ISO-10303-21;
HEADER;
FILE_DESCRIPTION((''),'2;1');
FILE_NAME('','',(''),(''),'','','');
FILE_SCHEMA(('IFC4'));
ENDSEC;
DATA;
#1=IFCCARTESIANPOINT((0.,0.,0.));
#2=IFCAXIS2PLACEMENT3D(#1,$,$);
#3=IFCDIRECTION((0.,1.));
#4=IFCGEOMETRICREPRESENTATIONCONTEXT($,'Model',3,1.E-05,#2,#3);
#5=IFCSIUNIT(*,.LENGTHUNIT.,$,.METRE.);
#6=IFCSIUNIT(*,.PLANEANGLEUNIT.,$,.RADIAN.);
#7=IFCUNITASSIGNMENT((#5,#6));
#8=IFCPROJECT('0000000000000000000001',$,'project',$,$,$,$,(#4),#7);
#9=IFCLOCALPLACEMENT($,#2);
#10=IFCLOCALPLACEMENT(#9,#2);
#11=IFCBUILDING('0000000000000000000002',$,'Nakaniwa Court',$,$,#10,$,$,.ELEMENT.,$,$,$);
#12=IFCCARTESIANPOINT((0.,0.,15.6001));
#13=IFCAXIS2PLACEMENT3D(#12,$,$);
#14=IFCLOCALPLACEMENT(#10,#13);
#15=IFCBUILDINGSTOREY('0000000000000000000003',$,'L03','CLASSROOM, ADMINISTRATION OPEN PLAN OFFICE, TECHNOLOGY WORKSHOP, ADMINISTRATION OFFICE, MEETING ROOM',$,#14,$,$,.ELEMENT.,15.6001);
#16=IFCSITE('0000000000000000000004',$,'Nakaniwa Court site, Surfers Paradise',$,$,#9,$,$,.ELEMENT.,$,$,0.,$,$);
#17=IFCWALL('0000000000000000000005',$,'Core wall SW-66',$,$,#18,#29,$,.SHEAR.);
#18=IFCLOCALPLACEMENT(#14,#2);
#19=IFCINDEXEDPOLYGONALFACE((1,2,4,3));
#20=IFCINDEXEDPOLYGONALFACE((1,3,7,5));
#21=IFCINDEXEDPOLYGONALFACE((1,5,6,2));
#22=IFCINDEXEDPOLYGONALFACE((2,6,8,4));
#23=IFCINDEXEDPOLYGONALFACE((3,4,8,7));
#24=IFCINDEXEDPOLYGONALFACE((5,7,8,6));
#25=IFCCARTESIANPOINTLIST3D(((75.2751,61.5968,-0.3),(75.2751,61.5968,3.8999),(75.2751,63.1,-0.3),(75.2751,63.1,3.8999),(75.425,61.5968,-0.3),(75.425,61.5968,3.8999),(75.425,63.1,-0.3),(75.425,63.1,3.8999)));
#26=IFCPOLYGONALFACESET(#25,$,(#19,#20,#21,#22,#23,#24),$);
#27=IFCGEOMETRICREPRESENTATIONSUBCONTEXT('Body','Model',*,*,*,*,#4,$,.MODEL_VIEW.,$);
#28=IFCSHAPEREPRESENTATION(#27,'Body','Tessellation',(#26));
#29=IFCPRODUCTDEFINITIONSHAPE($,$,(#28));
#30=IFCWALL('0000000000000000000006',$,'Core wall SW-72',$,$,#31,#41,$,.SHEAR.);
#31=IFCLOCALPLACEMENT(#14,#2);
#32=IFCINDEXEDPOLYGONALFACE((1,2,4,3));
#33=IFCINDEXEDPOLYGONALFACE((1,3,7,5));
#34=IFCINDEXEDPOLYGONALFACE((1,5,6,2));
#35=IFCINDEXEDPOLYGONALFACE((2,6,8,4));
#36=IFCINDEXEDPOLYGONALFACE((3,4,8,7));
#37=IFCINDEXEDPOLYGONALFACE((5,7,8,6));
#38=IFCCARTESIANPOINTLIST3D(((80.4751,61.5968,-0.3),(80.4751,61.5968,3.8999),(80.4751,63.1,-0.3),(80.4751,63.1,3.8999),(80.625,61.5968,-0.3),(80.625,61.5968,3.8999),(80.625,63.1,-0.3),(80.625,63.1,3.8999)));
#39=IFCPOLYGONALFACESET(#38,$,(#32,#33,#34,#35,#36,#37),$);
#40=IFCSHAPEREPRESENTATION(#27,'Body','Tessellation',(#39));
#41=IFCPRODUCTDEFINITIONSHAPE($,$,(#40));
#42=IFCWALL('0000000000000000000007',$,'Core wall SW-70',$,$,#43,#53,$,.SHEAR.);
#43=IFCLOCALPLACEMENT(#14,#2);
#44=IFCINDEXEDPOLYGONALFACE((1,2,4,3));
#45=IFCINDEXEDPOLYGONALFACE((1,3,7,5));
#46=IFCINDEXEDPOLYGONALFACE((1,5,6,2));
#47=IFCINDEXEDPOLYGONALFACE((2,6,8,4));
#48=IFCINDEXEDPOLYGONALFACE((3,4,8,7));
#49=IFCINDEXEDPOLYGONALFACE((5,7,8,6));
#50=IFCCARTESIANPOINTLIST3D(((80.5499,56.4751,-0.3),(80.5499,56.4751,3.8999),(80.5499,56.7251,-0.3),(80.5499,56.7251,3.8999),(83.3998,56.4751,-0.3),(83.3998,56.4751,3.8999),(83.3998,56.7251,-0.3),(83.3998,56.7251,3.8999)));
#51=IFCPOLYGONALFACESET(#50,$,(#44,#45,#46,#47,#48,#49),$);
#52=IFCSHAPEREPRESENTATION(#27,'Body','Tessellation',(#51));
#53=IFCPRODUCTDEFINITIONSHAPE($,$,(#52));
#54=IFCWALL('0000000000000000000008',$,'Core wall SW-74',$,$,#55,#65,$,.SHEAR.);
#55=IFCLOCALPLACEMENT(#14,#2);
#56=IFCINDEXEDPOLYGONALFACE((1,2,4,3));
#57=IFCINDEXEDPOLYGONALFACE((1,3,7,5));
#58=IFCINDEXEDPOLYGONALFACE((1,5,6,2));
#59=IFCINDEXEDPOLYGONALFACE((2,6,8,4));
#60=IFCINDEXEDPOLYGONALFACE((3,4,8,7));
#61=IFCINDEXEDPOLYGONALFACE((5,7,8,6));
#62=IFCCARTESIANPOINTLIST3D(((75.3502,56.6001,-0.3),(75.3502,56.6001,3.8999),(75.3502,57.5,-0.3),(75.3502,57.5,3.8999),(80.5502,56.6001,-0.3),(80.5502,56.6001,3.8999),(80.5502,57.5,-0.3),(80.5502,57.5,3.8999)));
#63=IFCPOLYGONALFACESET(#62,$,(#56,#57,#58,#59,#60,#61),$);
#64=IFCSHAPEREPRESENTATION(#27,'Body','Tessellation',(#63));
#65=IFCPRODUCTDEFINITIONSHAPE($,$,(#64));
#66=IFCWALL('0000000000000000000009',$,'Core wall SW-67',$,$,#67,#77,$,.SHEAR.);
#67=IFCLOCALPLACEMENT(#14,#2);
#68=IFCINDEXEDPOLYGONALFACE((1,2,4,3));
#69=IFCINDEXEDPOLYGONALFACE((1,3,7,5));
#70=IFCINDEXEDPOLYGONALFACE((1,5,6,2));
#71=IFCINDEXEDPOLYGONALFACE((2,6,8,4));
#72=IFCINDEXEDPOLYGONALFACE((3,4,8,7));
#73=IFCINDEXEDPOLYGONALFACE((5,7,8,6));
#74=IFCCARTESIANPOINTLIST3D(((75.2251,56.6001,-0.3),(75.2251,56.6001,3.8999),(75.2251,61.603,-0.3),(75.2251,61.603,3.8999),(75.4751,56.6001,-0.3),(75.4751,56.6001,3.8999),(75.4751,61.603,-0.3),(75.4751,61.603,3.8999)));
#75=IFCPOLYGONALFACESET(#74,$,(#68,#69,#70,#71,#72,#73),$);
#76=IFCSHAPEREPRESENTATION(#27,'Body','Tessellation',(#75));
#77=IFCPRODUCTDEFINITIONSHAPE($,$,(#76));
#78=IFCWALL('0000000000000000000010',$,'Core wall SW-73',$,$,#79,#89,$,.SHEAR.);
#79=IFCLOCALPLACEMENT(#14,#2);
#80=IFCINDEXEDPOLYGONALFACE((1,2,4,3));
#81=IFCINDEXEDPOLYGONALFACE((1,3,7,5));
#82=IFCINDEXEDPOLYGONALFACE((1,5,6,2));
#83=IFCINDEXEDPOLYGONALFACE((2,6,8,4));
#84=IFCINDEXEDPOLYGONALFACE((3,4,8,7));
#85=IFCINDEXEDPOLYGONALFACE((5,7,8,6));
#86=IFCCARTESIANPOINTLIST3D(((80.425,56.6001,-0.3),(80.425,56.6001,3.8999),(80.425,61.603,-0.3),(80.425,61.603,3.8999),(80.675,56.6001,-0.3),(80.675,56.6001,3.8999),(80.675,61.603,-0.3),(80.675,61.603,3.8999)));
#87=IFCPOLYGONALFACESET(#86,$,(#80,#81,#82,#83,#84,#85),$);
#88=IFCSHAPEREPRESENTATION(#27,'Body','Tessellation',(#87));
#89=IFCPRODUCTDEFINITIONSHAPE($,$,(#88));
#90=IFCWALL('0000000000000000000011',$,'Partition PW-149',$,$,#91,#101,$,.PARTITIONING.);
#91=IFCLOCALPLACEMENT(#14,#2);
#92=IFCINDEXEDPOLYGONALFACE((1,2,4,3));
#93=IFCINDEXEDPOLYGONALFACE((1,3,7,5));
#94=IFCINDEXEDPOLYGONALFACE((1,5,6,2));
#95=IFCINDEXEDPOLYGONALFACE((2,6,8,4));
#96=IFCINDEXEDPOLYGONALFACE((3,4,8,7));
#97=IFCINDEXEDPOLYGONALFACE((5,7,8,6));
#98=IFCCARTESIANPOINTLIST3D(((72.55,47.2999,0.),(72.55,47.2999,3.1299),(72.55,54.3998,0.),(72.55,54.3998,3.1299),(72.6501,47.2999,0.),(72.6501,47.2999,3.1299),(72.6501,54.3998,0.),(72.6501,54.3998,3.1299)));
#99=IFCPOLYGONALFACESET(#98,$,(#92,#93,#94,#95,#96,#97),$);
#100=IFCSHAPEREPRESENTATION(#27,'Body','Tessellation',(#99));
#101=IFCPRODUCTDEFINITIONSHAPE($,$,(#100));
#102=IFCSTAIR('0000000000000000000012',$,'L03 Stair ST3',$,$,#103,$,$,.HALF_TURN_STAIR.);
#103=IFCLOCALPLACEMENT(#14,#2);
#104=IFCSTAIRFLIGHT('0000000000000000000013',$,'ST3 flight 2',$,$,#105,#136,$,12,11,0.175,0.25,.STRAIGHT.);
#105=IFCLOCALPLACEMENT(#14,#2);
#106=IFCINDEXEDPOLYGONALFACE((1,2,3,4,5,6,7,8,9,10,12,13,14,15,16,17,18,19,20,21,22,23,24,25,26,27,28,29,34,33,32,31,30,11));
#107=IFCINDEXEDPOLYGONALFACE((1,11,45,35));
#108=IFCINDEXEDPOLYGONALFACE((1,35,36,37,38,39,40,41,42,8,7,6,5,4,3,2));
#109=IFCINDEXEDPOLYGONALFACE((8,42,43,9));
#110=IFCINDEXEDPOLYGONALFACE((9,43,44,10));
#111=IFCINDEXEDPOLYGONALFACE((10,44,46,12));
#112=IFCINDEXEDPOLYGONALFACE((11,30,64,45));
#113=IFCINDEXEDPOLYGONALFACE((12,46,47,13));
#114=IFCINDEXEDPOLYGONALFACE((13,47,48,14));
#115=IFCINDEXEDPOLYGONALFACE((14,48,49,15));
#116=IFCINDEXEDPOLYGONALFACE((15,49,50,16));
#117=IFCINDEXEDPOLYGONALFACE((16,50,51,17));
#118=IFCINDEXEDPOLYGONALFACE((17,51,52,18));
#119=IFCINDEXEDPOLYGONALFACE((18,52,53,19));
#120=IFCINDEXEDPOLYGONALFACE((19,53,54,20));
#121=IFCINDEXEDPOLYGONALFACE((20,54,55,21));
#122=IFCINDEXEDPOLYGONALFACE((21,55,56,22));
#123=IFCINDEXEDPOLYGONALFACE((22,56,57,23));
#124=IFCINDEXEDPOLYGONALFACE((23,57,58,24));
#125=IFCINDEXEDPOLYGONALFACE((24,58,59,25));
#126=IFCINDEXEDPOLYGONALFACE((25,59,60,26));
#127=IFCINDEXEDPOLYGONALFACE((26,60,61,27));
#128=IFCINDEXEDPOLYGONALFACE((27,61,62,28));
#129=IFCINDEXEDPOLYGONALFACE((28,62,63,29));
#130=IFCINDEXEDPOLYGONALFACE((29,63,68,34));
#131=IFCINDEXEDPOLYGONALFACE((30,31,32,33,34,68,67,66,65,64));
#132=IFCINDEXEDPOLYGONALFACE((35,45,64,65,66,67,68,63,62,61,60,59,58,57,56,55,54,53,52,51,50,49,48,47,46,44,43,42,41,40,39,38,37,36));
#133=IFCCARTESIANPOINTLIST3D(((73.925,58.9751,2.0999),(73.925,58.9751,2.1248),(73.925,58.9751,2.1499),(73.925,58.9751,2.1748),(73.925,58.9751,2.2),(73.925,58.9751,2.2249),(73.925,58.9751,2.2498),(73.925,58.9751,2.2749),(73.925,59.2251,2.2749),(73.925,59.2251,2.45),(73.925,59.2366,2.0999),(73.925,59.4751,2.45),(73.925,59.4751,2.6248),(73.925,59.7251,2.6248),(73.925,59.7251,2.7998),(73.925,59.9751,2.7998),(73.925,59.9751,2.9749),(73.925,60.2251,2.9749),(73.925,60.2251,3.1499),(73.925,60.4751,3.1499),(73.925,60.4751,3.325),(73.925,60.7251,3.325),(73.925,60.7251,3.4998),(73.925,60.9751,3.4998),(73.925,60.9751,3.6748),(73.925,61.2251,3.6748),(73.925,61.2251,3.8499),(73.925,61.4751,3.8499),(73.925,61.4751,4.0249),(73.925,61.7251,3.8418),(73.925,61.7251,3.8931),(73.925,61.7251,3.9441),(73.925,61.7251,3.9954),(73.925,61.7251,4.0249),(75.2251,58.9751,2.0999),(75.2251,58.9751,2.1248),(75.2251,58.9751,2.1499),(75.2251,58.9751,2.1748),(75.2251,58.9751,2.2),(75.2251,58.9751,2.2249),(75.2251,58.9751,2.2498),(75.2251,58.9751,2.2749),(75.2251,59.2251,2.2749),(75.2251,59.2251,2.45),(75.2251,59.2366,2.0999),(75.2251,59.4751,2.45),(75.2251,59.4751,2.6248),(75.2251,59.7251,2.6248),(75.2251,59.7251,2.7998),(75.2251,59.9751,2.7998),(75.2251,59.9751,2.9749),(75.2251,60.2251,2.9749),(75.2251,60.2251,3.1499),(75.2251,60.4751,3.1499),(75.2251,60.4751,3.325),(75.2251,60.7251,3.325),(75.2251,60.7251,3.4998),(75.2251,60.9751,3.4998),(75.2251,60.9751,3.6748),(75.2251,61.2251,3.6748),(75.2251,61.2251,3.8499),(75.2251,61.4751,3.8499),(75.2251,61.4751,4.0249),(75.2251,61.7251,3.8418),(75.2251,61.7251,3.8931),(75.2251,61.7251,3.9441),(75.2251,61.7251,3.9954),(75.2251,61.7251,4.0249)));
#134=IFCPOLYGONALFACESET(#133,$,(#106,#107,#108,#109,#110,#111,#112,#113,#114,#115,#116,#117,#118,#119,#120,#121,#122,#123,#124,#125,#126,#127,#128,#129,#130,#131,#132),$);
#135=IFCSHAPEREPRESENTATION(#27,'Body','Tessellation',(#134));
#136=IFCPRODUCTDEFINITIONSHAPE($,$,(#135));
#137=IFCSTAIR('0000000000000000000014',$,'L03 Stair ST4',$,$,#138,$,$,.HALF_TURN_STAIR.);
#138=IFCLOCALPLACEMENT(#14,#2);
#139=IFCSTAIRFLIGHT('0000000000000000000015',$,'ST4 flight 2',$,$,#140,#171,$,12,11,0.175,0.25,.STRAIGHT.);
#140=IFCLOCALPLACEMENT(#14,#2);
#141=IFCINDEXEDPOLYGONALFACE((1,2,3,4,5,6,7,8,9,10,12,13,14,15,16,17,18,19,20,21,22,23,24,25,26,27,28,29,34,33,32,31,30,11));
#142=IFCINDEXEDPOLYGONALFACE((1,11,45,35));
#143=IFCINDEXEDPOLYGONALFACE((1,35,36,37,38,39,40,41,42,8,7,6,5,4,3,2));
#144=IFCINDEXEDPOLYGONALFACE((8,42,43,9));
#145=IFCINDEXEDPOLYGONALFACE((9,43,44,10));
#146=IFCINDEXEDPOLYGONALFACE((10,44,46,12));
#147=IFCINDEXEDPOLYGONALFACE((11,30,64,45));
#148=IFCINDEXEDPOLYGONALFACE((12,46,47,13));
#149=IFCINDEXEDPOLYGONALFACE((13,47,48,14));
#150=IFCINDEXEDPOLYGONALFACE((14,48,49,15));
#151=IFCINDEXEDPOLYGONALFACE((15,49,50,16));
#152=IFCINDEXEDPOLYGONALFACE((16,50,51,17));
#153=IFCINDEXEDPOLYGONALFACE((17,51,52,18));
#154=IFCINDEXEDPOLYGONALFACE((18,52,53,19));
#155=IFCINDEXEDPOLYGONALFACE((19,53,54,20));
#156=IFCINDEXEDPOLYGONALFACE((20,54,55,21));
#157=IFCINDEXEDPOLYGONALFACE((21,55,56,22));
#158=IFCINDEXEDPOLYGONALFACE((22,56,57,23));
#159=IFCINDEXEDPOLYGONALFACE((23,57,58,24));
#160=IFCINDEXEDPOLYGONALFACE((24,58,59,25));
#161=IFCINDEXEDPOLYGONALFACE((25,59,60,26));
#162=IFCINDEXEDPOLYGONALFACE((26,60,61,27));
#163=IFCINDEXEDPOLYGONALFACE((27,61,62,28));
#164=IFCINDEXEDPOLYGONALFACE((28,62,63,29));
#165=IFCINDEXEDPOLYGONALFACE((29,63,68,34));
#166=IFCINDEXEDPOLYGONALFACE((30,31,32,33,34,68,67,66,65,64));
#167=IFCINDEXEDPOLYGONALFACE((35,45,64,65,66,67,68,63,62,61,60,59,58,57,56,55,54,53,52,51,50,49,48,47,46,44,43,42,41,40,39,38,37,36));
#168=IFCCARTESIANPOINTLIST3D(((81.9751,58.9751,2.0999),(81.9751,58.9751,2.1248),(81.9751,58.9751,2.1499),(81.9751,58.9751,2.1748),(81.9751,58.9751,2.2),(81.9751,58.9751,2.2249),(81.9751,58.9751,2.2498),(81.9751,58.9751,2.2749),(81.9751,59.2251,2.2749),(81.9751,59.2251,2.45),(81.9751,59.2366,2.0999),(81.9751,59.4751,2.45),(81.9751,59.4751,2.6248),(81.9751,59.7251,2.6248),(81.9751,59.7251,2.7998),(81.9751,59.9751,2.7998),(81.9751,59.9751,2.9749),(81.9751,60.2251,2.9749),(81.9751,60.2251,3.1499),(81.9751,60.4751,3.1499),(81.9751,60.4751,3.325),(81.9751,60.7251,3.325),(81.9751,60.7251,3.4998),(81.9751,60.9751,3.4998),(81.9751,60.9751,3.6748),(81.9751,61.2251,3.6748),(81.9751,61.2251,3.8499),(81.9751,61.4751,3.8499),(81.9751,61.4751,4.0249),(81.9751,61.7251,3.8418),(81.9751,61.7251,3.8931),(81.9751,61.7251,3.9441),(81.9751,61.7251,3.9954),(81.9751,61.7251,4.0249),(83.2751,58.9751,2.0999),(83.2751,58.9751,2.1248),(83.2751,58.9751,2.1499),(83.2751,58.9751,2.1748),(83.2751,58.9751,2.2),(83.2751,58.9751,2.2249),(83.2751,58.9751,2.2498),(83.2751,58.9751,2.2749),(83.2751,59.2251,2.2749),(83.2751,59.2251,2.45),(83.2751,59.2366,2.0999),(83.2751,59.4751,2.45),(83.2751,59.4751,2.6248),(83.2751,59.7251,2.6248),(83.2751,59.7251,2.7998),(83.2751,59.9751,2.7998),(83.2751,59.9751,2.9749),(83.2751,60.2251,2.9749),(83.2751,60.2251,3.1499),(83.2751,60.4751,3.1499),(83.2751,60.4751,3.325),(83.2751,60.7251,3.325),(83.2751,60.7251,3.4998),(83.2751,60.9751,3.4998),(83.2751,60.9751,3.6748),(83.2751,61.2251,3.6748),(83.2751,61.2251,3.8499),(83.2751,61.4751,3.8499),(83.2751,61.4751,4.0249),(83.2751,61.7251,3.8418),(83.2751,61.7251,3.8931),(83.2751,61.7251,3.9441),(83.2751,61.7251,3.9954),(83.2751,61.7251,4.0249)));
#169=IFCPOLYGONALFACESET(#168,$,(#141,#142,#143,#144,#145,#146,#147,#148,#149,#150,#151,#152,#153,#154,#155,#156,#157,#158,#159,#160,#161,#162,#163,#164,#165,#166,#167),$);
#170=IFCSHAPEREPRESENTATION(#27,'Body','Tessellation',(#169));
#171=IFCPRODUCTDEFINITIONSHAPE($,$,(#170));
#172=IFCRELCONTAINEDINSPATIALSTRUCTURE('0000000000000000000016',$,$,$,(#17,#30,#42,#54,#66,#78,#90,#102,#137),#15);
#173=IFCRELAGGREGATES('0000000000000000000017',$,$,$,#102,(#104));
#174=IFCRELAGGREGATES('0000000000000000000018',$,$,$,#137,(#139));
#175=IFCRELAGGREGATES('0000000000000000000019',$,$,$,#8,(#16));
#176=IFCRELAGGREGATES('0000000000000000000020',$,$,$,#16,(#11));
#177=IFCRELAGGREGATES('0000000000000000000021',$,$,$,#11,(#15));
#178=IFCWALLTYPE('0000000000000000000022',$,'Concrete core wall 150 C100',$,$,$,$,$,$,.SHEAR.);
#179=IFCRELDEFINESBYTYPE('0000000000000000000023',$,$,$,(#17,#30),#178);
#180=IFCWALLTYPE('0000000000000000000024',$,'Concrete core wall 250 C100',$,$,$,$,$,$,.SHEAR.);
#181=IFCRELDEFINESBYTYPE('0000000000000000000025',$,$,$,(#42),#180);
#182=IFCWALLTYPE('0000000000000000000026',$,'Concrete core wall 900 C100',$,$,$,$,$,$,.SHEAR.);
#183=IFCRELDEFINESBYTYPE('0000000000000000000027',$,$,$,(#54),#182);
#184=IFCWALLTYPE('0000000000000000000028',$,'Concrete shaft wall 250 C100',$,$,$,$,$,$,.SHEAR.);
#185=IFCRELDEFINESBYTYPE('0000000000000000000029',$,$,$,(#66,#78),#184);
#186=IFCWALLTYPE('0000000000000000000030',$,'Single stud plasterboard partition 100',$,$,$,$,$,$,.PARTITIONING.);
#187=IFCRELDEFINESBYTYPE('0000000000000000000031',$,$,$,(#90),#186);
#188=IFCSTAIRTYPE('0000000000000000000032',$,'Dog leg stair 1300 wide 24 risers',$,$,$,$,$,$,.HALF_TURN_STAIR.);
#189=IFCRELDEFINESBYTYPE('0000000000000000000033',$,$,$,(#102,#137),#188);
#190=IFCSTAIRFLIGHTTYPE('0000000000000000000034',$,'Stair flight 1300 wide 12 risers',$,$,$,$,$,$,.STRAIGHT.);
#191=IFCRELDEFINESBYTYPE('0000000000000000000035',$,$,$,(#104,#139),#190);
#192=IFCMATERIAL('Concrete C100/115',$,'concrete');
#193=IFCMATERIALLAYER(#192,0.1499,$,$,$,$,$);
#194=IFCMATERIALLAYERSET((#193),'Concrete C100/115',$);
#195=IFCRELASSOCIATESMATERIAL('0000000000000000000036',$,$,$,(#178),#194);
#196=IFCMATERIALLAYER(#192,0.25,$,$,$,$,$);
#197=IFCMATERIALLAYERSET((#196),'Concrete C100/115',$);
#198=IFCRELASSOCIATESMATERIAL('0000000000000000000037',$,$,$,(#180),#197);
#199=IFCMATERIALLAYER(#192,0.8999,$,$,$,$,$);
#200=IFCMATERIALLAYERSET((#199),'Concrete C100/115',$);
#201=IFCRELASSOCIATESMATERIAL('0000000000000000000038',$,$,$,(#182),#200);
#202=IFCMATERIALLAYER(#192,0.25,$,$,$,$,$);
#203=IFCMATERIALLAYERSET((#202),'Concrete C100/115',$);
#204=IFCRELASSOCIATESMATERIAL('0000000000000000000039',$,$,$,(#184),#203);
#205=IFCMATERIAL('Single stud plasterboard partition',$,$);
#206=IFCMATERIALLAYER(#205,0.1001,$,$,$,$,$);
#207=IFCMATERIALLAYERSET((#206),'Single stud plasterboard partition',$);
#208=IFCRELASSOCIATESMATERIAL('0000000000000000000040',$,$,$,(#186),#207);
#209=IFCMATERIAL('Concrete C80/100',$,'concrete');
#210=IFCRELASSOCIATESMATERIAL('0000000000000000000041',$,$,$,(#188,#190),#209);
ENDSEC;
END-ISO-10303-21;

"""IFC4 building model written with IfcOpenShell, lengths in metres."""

from ifc_helpers import new_model, si_unit, direction, frame, frame_2d, origin, place, context, subcontext, project, spatial, polyline, rectangle, outline, extrude, material, layer, layer_set, type_object, element, aggregate, save


model = new_model("IFC4")

# Units and contexts
model_context = context("Model", 3, precision=1e-05, world=origin(), true_north=direction((0.0, 1.0)))
body_context = subcontext(model_context, "Body", "Model", "MODEL_VIEW")
ifc_project = project(units=[si_unit("LENGTHUNIT", "METRE"), si_unit("PLANEANGLEUNIT", "RADIAN")], contexts=[model_context])

# Site, building, storey
site_placement = place(None, origin())
site = spatial("IfcSite", under=ifc_project, at=site_placement, Name="Nakaniwa Court site, Surfers Paradise", CompositionType="ELEMENT", RefElevation=0.0)
building_placement = place(site_placement, origin())
building = spatial("IfcBuilding", under=site, at=building_placement, Name="Nakaniwa Court", CompositionType="ELEMENT")
storey_placement = place(building_placement, frame((0.0, 0.0, 15.6001)))
storey = spatial("IfcBuildingStorey", under=building, at=storey_placement, Name="L03", Description="CLASSROOM, ADMINISTRATION OPEN PLAN OFFICE, TECHNOLOGY WORKSHOP, ADMINISTRATION OFFICE, MEETING ROOM", CompositionType="ELEMENT", Elevation=15.6001)

# Shared definitions
ifc_material_1 = material(Name="Concrete C100/115", Category="concrete")

# Walls
ifc_layer_1 = layer(ifc_material_1, 0.1499)
ifc_layer_set_1 = layer_set([ifc_layer_1], Name="Concrete C100/115")
wall_type_1 = type_object("IfcWallType", Name="Concrete core wall 150 C100", PredefinedType="SHEAR", material=ifc_layer_set_1)
for number, where, z_axis, x_axis, name in (
    (1, (75.3501, 61.5969, -0.3), (0.0, 0.0, 1.0), (0.0, 1.0, 0.0), "Core wall SW-66"),
    (2, (80.55, 61.5969, -0.3), (0.0, 0.0, 1.0), (0.0, 1.0, 0.0), "Core wall SW-72"),
):
    element("IfcWall", number, at=place(storey_placement, frame(where, z_axis=z_axis, x_axis=x_axis)), inside=storey, type_object=wall_type_1, Name=name, PredefinedType="SHEAR", context=body_context, shape_type="SweptSolid", body=[
        extrude(rectangle(XDim=1.5032, YDim=0.1499, at=frame_2d((0.7515, 0.0))), origin(), (0.0, 0.0, 1.0), 4.2),
    ])
ifc_layer_2 = layer(ifc_material_1, 0.25)
ifc_layer_set_2 = layer_set([ifc_layer_2], Name="Concrete C100/115")
wall_type_2 = type_object("IfcWallType", Name="Concrete core wall 250 C100", PredefinedType="SHEAR", material=ifc_layer_set_2)
wall_1_placement = place(storey_placement, frame((80.55, 56.6001, -0.3), z_axis=(0.0, 0.0, 1.0), x_axis=(1.0, 0.0, 0.0)))
element("IfcWall", 3, at=wall_1_placement, inside=storey, type_object=wall_type_2, Name="Core wall SW-70", PredefinedType="SHEAR", context=body_context, shape_type="SweptSolid", body=[
    extrude(rectangle(XDim=2.8499, YDim=0.25, at=frame_2d((1.4248, 0.0))), origin(), (0.0, 0.0, 1.0), 4.2),
])
ifc_layer_3 = layer(ifc_material_1, 0.8999)
ifc_layer_set_3 = layer_set([ifc_layer_3], Name="Concrete C100/115")
wall_type_3 = type_object("IfcWallType", Name="Concrete core wall 900 C100", PredefinedType="SHEAR", material=ifc_layer_set_3)
wall_2_placement = place(storey_placement, frame((75.3501, 57.05, -0.3), z_axis=(0.0, 0.0, 1.0), x_axis=(1.0, 0.0, 0.0)))
element("IfcWall", 4, at=wall_2_placement, inside=storey, type_object=wall_type_3, Name="Core wall SW-74", PredefinedType="SHEAR", context=body_context, shape_type="SweptSolid", body=[
    extrude(rectangle(XDim=5.2, YDim=0.8999, at=frame_2d((2.6001, 0.0))), origin(), (0.0, 0.0, 1.0), 4.2),
])
ifc_layer_4 = layer(ifc_material_1, 0.25)
ifc_layer_set_4 = layer_set([ifc_layer_4], Name="Concrete C100/115")
wall_type_4 = type_object("IfcWallType", Name="Concrete shaft wall 250 C100", PredefinedType="SHEAR", material=ifc_layer_set_4)
for number, where, z_axis, x_axis, name in (
    (5, (75.3501, 56.6001, -0.3), (0.0, 0.0, 1.0), (0.0, 1.0, 0.0), "Core wall SW-67"),
    (6, (80.55, 56.6001, -0.3), (0.0, 0.0, 1.0), (0.0, 1.0, 0.0), "Core wall SW-73"),
):
    element("IfcWall", number, at=place(storey_placement, frame(where, z_axis=z_axis, x_axis=x_axis)), inside=storey, type_object=wall_type_4, Name=name, PredefinedType="SHEAR", context=body_context, shape_type="SweptSolid", body=[
        extrude(rectangle(XDim=5.0029, YDim=0.25, at=frame_2d((2.5015, 0.0))), origin(), (0.0, 0.0, 1.0), 4.2),
    ])
ifc_material_2 = material(Name="Single stud plasterboard partition")
ifc_layer_5 = layer(ifc_material_2, 0.1001)
ifc_layer_set_5 = layer_set([ifc_layer_5], Name="Single stud plasterboard partition")
wall_type_5 = type_object("IfcWallType", Name="Single stud plasterboard partition 100", PredefinedType="PARTITIONING", material=ifc_layer_set_5)
wall_3_placement = place(storey_placement, frame((72.6001, 47.3, 0.0), z_axis=(0.0, 0.0, 1.0), x_axis=(0.0, 1.0, 0.0)))
element("IfcWall", 7, at=wall_3_placement, inside=storey, type_object=wall_type_5, Name="Partition PW-149", PredefinedType="PARTITIONING", context=body_context, shape_type="SweptSolid", body=[
    extrude(rectangle(XDim=7.0999, YDim=0.1001, at=frame_2d((3.5498, 0.0))), origin(), (0.0, 0.0, 1.0), 3.1299),
])

# Stairs, stair flights
ifc_material_3 = material(Name="Concrete C80/100", Category="concrete")
stair_type = type_object("IfcStairType", Name="Dog leg stair 1300 wide 24 risers", PredefinedType="HALF_TURN_STAIR", material=ifc_material_3)
stair_1_placement = place(storey_placement, origin())
stair_1 = element("IfcStair", 8, at=stair_1_placement, inside=storey, type_object=stair_type, Name="L03 Stair ST3", PredefinedType="HALF_TURN_STAIR")
stair_flight_type = type_object("IfcStairFlightType", Name="Stair flight 1300 wide 12 risers", PredefinedType="STRAIGHT", material=ifc_material_3)
stair_flight_1_placement = place(storey_placement, frame((74.575, 58.9751, 2.0999), z_axis=(0.0, 0.0, 1.0), x_axis=(0.0, 1.0, 0.0)))
stair_flight_1 = element("IfcStairFlight", 9, at=stair_flight_1_placement, type_object=stair_flight_type, Name="ST3 flight 2", NumberOfRisers=12, NumberOfTreads=11, PredefinedType="STRAIGHT", RiserHeight=0.175, TreadLength=0.25, context=body_context, shape_type="SweptSolid", body=[
    extrude(outline(polyline([(0.0, 0.0), (0.0, 0.0249), (0.0, 0.05), (0.0, 0.075), (0.0, 0.1001), (0.0, 0.125), (0.0, 0.1499), (0.0, 0.175), (0.25, 0.175), (0.25, 0.3501), (0.5, 0.3501), (0.5, 0.5249), (0.75, 0.5249), (0.75, 0.7), (1.0, 0.7), (1.0, 0.875), (1.25, 0.875), (1.25, 1.05), (1.5, 1.05), (1.5, 1.2251), (1.75, 1.2251), (1.75, 1.3999), (2.0, 1.3999), (2.0, 1.575), (2.25, 1.575), (2.25, 1.75), (2.5, 1.75), (2.5, 1.925), (2.75, 1.925), (2.75, 2.1001), (2.75, 2.0488), (2.75, 1.9978), (2.75, 1.9465), (2.75, 1.8955), (2.75, 1.8442), (2.75, 1.7932), (2.75, 1.7419), (0.2615, 0.0), (0.0, 0.0)])), frame((0.0, 0.6499, 0.0), z_axis=(0.0, -1.0, 0.0), x_axis=(1.0, 0.0, 0.0)), (0.0, 0.0, 1.0), 1.3),
])
aggregate(stair_1, [stair_flight_1])
stair_2_placement = place(storey_placement, origin())
stair_2 = element("IfcStair", 10, at=stair_2_placement, inside=storey, type_object=stair_type, Name="L03 Stair ST4", PredefinedType="HALF_TURN_STAIR")
stair_flight_2_placement = place(storey_placement, frame((82.625, 58.9751, 2.0999), z_axis=(0.0, 0.0, 1.0), x_axis=(0.0, 1.0, 0.0)))
stair_flight_2 = element("IfcStairFlight", 11, at=stair_flight_2_placement, type_object=stair_flight_type, Name="ST4 flight 2", NumberOfRisers=12, NumberOfTreads=11, PredefinedType="STRAIGHT", RiserHeight=0.175, TreadLength=0.25, context=body_context, shape_type="SweptSolid", body=[
    extrude(outline(polyline([(0.0, 0.0), (0.0, 0.0249), (0.0, 0.05), (0.0, 0.075), (0.0, 0.1001), (0.0, 0.125), (0.0, 0.1499), (0.0, 0.175), (0.25, 0.175), (0.25, 0.3501), (0.5, 0.3501), (0.5, 0.5249), (0.75, 0.5249), (0.75, 0.7), (1.0, 0.7), (1.0, 0.875), (1.25, 0.875), (1.25, 1.05), (1.5, 1.05), (1.5, 1.2251), (1.75, 1.2251), (1.75, 1.3999), (2.0, 1.3999), (2.0, 1.575), (2.25, 1.575), (2.25, 1.75), (2.5, 1.75), (2.5, 1.925), (2.75, 1.925), (2.75, 2.1001), (2.75, 2.0488), (2.75, 1.9978), (2.75, 1.9465), (2.75, 1.8955), (2.75, 1.8442), (2.75, 1.7932), (2.75, 1.7419), (0.2615, 0.0), (0.0, 0.0)])), frame((0.0, 0.6499, 0.0), z_axis=(0.0, -1.0, 0.0), x_axis=(1.0, 0.0, 0.0)), (0.0, 0.0, 1.0), 1.3),
])
aggregate(stair_2, [stair_flight_2])

save(model, "model.ifc")
